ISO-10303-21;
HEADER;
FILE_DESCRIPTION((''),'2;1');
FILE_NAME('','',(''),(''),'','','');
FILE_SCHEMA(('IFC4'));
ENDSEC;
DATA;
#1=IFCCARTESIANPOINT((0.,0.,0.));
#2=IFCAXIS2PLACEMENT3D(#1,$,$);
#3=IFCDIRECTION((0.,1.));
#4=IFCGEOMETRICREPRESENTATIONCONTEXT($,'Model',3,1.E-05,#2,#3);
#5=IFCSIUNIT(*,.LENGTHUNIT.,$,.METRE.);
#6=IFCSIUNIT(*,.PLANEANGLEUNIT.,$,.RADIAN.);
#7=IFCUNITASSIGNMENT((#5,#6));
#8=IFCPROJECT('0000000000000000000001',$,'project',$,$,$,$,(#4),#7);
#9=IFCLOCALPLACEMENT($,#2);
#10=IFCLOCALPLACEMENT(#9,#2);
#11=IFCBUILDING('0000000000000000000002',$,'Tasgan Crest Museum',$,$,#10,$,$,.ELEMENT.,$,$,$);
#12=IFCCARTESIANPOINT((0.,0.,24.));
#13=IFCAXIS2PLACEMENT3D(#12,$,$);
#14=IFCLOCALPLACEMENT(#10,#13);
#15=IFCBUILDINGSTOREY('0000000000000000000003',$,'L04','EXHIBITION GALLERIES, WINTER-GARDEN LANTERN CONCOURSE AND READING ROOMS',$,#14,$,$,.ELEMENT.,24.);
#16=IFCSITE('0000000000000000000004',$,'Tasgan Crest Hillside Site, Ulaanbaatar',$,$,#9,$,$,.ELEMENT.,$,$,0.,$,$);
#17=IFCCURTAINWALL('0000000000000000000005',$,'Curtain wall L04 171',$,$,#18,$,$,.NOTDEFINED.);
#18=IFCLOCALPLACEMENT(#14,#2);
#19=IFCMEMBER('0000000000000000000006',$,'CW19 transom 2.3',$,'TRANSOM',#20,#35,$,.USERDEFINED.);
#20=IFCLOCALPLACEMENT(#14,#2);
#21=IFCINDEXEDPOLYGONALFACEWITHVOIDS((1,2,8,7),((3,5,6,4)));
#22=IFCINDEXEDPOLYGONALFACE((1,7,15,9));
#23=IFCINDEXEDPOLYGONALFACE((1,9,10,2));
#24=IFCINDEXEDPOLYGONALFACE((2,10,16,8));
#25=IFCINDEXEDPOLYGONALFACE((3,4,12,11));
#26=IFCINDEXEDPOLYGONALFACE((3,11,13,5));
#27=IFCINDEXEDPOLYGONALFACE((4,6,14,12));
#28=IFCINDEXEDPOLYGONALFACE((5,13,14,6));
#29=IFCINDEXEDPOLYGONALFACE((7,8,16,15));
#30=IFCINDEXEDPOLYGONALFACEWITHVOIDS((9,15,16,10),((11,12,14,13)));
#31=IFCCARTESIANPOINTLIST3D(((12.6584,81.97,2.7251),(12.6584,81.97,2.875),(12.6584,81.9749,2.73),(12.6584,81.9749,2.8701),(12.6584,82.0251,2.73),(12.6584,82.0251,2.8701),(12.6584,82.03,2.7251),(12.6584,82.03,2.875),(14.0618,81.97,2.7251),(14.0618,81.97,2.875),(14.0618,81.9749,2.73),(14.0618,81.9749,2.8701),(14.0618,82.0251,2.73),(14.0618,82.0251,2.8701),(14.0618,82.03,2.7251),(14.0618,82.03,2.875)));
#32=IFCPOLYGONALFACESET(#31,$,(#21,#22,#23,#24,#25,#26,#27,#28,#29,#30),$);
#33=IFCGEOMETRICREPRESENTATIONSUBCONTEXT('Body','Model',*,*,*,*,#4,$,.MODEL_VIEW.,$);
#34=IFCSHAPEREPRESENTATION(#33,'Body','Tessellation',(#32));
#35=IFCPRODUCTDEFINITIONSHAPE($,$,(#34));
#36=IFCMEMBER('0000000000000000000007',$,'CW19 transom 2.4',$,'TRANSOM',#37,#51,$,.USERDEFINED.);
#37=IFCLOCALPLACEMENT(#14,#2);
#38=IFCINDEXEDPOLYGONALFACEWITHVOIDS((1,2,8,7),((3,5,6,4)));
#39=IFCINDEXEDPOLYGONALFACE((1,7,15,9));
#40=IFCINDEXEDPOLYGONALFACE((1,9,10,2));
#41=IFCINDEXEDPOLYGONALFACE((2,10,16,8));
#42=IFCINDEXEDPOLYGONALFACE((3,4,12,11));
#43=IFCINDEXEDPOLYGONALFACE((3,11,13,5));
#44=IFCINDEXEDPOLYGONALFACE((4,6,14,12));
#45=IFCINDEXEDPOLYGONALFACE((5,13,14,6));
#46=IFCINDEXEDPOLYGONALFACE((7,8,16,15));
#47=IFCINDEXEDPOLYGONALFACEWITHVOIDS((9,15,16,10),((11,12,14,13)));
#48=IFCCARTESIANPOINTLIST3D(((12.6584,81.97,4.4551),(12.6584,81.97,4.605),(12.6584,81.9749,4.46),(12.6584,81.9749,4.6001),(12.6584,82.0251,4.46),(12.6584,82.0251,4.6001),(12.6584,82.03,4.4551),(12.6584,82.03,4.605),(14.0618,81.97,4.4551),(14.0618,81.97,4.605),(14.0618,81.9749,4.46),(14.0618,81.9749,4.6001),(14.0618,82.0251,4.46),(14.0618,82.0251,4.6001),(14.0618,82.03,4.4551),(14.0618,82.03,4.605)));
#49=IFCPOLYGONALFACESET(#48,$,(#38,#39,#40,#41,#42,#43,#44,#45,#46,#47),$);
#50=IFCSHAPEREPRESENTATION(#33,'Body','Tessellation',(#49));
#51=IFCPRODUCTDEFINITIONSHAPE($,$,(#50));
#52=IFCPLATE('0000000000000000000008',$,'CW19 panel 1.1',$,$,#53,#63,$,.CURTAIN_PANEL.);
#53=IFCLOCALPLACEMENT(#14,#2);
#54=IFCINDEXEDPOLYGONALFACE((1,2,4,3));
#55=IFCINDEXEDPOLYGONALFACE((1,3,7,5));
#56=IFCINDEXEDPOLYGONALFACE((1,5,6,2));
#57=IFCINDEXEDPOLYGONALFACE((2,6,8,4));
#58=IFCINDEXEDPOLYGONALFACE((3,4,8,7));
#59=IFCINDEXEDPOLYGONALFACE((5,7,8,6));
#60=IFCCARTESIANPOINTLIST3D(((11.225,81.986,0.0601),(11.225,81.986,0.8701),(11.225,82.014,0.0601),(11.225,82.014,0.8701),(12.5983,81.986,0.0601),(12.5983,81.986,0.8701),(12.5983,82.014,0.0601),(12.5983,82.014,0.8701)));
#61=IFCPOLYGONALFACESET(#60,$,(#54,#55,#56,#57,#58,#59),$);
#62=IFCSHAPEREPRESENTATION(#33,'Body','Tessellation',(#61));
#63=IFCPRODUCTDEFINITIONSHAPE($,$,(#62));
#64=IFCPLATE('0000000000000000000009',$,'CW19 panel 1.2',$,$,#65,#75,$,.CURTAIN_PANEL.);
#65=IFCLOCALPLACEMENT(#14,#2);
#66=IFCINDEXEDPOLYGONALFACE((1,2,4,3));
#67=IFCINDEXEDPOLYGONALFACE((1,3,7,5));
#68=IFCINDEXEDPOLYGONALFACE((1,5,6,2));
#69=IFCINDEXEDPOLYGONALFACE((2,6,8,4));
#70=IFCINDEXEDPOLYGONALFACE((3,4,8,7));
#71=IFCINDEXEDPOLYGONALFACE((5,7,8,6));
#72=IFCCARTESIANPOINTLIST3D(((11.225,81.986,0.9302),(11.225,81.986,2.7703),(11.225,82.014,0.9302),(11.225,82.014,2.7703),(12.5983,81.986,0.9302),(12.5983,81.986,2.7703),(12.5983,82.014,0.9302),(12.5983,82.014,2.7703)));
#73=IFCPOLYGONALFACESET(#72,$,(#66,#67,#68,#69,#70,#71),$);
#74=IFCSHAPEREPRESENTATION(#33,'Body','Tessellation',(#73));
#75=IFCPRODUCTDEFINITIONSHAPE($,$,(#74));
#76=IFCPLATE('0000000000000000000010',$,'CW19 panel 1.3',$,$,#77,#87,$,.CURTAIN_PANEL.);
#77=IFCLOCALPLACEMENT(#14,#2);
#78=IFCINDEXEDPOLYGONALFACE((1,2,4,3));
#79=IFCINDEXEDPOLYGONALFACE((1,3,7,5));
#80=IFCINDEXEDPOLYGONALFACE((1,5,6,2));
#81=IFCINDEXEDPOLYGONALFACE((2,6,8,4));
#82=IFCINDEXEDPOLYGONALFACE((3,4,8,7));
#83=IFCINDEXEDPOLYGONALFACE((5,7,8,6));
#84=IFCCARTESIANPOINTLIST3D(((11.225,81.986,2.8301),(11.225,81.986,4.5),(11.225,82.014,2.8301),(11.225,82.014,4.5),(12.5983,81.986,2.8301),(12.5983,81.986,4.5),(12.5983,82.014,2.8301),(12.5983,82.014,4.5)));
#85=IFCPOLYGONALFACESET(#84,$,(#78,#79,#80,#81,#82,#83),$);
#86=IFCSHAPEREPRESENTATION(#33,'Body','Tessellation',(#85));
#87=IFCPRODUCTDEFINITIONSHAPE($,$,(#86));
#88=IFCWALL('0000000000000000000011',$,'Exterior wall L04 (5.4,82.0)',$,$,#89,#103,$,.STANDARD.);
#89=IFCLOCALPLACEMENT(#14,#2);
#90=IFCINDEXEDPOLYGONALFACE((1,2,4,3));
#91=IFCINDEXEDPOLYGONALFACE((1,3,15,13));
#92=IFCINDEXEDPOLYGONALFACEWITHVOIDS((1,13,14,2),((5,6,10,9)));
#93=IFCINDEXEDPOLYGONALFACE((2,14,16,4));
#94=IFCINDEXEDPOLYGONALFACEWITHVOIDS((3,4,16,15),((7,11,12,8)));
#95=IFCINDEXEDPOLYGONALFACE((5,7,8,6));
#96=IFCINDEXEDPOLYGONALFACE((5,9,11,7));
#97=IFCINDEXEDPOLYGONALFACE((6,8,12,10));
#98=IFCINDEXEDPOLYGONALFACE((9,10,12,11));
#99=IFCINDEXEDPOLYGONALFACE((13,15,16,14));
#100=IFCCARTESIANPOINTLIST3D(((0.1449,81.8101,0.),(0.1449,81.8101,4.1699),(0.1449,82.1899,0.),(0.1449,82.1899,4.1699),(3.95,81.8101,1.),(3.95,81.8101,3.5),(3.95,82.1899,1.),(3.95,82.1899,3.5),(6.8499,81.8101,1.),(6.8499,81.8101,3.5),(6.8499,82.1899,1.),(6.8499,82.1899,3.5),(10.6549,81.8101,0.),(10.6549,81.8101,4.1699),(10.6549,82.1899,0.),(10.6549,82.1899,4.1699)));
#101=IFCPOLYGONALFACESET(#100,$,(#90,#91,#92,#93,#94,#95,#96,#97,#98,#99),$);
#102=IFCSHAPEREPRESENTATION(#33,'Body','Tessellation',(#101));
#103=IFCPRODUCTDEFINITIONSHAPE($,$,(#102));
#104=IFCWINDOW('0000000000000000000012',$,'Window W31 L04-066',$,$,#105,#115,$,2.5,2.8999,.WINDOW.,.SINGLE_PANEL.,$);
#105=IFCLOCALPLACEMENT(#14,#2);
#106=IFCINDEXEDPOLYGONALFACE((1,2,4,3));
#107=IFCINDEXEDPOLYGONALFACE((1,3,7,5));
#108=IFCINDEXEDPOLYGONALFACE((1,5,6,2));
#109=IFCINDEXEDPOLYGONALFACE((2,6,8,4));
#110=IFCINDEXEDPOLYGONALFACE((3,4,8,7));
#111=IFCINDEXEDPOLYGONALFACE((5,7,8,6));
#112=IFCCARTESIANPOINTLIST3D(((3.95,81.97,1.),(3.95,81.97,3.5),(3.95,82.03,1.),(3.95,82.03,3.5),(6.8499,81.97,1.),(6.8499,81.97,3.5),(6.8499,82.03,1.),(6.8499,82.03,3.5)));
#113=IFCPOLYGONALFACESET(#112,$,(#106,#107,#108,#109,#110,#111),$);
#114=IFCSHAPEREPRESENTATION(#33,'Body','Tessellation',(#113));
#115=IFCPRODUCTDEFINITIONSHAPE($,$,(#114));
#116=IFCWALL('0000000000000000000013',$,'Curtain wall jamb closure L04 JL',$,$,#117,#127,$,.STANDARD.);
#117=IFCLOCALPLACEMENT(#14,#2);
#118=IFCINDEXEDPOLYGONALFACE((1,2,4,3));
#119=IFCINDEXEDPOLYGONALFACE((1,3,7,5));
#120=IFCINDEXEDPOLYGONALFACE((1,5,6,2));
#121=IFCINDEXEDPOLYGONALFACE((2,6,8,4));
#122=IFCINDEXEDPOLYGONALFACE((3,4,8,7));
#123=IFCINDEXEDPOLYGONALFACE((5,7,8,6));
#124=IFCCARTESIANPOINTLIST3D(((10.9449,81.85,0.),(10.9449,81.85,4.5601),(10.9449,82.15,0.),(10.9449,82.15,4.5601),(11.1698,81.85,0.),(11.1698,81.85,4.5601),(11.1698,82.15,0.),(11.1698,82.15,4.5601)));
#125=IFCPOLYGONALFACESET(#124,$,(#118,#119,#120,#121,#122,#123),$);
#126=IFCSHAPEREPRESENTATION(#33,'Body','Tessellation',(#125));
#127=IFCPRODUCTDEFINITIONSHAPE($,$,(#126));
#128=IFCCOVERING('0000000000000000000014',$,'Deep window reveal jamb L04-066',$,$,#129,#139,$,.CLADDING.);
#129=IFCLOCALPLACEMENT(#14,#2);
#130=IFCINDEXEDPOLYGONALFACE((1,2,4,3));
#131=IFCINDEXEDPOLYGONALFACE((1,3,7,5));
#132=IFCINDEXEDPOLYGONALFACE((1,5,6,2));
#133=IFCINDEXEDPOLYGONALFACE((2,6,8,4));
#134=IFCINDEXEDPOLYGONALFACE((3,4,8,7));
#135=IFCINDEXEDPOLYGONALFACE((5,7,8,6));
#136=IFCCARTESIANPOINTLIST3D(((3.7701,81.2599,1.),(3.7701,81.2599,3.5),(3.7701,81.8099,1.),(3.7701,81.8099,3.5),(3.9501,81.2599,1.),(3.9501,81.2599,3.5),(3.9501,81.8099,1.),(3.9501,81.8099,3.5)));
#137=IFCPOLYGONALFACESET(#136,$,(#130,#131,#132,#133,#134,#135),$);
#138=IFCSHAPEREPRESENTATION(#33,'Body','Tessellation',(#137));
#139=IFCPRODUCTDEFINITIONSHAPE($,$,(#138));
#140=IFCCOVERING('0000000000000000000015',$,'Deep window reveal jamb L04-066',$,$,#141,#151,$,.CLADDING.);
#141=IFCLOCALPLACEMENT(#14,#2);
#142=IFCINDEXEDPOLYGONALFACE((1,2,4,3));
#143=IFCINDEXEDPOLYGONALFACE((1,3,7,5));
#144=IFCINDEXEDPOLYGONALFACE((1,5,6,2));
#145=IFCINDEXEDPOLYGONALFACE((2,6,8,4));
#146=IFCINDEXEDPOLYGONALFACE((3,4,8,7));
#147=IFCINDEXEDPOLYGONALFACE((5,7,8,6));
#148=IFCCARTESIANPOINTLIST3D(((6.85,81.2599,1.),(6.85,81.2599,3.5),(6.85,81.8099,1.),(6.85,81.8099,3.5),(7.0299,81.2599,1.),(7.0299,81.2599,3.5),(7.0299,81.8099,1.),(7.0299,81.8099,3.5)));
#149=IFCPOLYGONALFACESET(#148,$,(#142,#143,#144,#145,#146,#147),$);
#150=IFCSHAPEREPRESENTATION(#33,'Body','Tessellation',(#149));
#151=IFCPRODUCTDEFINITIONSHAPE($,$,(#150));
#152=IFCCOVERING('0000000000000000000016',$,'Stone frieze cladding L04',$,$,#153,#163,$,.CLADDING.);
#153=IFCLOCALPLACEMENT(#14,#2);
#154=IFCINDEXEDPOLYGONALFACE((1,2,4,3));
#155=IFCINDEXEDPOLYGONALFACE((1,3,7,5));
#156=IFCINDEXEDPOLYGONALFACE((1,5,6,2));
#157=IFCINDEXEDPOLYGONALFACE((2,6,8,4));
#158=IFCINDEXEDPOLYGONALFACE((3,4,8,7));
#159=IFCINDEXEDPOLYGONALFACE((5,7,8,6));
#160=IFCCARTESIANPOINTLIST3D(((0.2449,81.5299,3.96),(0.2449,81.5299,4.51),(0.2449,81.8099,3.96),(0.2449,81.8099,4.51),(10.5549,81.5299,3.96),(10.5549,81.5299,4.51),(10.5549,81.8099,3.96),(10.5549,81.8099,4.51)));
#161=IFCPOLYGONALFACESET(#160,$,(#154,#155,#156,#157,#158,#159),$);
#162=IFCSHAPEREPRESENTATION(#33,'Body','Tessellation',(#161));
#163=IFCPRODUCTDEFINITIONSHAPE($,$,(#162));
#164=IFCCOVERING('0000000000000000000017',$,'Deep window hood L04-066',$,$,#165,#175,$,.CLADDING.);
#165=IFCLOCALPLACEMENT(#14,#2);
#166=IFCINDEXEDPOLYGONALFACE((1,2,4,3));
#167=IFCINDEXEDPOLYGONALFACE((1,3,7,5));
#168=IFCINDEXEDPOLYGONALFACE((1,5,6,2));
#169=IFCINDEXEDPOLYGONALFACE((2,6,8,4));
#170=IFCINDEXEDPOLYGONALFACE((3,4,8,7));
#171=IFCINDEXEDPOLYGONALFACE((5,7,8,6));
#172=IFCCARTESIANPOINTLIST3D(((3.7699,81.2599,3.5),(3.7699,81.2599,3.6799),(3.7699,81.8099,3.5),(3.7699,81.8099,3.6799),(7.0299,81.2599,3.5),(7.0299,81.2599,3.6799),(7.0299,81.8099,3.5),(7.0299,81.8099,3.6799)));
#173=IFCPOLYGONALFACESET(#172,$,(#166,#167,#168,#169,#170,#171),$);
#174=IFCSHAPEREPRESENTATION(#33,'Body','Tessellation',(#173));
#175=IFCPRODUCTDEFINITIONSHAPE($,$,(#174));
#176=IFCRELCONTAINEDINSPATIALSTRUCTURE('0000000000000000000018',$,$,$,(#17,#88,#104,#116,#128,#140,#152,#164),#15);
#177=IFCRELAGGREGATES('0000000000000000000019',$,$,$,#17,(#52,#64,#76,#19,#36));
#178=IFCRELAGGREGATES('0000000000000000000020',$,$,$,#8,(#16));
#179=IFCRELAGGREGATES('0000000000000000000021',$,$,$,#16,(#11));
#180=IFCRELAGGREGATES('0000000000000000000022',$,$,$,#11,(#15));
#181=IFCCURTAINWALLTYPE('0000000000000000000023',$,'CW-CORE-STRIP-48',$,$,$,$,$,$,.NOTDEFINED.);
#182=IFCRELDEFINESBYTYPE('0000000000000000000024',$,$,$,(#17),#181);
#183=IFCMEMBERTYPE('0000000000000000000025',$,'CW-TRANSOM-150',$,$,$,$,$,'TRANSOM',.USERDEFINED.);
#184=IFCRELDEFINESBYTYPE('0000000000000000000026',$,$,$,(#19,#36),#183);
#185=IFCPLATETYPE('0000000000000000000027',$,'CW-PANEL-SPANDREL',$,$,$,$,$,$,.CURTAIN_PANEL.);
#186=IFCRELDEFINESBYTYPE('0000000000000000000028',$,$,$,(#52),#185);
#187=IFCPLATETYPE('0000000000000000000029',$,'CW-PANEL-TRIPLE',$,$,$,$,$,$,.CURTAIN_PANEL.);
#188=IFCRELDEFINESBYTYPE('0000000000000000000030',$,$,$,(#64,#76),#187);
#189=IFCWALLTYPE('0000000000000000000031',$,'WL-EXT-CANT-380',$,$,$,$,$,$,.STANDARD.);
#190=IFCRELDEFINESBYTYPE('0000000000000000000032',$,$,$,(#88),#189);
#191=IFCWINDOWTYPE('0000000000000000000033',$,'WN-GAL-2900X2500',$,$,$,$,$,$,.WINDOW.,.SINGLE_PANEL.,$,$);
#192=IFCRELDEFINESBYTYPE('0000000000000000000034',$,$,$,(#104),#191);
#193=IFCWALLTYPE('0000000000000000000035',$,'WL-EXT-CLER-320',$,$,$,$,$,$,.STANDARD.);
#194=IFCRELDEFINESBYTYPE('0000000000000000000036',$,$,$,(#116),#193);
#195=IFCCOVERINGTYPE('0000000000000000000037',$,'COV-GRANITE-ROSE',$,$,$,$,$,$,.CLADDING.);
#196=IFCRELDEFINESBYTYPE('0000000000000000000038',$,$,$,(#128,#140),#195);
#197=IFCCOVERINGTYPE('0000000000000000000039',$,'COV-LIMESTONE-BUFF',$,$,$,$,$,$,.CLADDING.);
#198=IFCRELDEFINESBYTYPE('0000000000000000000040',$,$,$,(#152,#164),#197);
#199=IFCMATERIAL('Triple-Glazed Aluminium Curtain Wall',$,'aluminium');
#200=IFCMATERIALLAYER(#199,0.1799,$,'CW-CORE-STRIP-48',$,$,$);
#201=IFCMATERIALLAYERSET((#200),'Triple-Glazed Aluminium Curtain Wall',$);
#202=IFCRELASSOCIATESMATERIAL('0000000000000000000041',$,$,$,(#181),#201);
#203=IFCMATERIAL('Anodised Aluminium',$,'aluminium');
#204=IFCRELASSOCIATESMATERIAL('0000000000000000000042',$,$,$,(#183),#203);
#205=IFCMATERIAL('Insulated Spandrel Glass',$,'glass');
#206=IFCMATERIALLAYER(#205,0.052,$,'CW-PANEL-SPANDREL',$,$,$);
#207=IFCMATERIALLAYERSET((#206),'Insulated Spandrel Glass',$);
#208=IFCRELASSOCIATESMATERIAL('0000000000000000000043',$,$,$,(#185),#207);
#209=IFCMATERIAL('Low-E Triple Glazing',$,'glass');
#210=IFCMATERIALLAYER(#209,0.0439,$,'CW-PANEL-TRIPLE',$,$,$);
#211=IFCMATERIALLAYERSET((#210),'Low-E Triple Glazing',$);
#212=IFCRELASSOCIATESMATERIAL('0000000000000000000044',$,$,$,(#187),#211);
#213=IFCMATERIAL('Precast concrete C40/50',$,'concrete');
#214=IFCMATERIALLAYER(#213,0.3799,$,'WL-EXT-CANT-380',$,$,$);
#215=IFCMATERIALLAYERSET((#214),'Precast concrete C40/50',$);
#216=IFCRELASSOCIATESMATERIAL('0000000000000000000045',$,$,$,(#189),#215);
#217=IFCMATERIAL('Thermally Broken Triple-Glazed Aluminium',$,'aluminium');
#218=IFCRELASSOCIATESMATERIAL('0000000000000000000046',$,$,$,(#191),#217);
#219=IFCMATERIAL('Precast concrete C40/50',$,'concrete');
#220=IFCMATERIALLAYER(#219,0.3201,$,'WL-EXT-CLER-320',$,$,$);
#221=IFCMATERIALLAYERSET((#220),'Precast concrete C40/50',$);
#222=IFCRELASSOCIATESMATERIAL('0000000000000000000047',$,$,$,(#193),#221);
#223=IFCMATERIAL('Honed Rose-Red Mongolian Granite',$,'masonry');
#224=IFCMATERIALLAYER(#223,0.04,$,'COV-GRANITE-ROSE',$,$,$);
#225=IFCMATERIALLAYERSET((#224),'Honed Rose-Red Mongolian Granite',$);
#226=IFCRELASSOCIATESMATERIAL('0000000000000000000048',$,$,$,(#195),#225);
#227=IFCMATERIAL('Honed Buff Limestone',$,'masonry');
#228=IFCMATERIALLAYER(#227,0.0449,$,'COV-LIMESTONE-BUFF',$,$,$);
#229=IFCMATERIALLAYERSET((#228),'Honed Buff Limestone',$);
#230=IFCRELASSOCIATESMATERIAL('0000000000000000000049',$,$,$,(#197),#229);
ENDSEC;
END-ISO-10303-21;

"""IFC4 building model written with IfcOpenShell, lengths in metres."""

from ifc_helpers import new_model, si_unit, direction, frame, frame_2d, origin, origin_2d, place, context, subcontext, project, spatial, rectangle, hollow_rectangle, extrude, material, layer, layer_set, material_profile, profile_set, type_object, element, fill, aggregate, save


model = new_model("IFC4")

# Units and contexts
model_context = context("Model", 3, precision=1e-05, world=origin(), true_north=direction((0.0, 1.0)))
body_context = subcontext(model_context, "Body", "Model", "MODEL_VIEW")
ifc_project = project(units=[si_unit("LENGTHUNIT", "METRE"), si_unit("PLANEANGLEUNIT", "RADIAN")], contexts=[model_context])

# Site, building, storey
site_placement = place(None, origin())
site = spatial("IfcSite", under=ifc_project, at=site_placement, Name="Tasgan Crest Hillside Site, Ulaanbaatar", CompositionType="ELEMENT", RefElevation=0.0)
building_placement = place(site_placement, origin())
building = spatial("IfcBuilding", under=site, at=building_placement, Name="Tasgan Crest Museum", CompositionType="ELEMENT")
storey_placement = place(building_placement, frame((0.0, 0.0, 24.0)))
storey = spatial("IfcBuildingStorey", under=building, at=storey_placement, Name="L04", Description="EXHIBITION GALLERIES, WINTER-GARDEN LANTERN CONCOURSE AND READING ROOMS", CompositionType="ELEMENT", Elevation=24.0)

# Curtain wall, members, plates
ifc_material_1 = material(Name="Triple-Glazed Aluminium Curtain Wall", Category="aluminium")
ifc_layer_1 = layer(ifc_material_1, 0.1799, Name="CW-CORE-STRIP-48")
ifc_layer_set_1 = layer_set([ifc_layer_1], Name="Triple-Glazed Aluminium Curtain Wall")
curtain_wall_type = type_object("IfcCurtainWallType", Name="CW-CORE-STRIP-48", PredefinedType="NOTDEFINED", material=ifc_layer_set_1)
curtain_wall_placement = place(storey_placement, origin())
curtain_wall = element("IfcCurtainWall", 1, at=curtain_wall_placement, inside=storey, type_object=curtain_wall_type, Name="Curtain wall L04 171", PredefinedType="NOTDEFINED")
ifc_material_2 = material(Name="Anodised Aluminium", Category="aluminium")
ifc_material_profile_1 = material_profile(ifc_material_2, hollow_rectangle(XDim=0.0601, YDim=0.1499, WallThickness=0.0049, at=origin_2d()), Name="ALU TRANSOM 150x60x5")
ifc_profile_set_1 = profile_set([ifc_material_profile_1], Name="Anodised Aluminium")
member_type_1 = type_object("IfcMemberType", Name="CW-TRANSOM-150", ElementType="TRANSOM", PredefinedType="USERDEFINED", material=ifc_profile_set_1)
member_1_placement = place(storey_placement, frame((12.6584, 82.0, 2.8), z_axis=(1.0, 0.0, 0.0), x_axis=(0.0, 1.0, 0.0)))
member_1 = element("IfcMember", 2, at=member_1_placement, type_object=member_type_1, Name="CW19 transom 2.3", ObjectType="TRANSOM", PredefinedType="USERDEFINED", context=body_context, shape_type="SweptSolid", body=[
    extrude(hollow_rectangle(XDim=0.0601, YDim=0.1499, WallThickness=0.0049, at=origin_2d()), origin(), (0.0, 0.0, 1.0), 1.4033),
])
member_2_placement = place(storey_placement, frame((12.6584, 82.0, 4.53), z_axis=(1.0, 0.0, 0.0), x_axis=(0.0, 1.0, 0.0)))
member_2 = element("IfcMember", 3, at=member_2_placement, type_object=member_type_1, Name="CW19 transom 2.4", ObjectType="TRANSOM", PredefinedType="USERDEFINED", context=body_context, shape_type="SweptSolid", body=[
    extrude(hollow_rectangle(XDim=0.0601, YDim=0.1499, WallThickness=0.0049, at=origin_2d()), origin(), (0.0, 0.0, 1.0), 1.4033),
])
ifc_material_3 = material(Name="Insulated Spandrel Glass", Category="glass")
ifc_layer_2 = layer(ifc_material_3, 0.052, Name="CW-PANEL-SPANDREL")
ifc_layer_set_2 = layer_set([ifc_layer_2], Name="Insulated Spandrel Glass")
plate_type_1 = type_object("IfcPlateType", Name="CW-PANEL-SPANDREL", PredefinedType="CURTAIN_PANEL", material=ifc_layer_set_2)
plate_1_placement = place(storey_placement, frame((11.9116, 82.0, 0.0601), z_axis=(0.0, 0.0, 1.0), x_axis=(1.0, 0.0, 0.0)))
plate_1 = element("IfcPlate", 4, at=plate_1_placement, type_object=plate_type_1, Name="CW19 panel 1.1", PredefinedType="CURTAIN_PANEL", context=body_context, shape_type="SweptSolid", body=[
    extrude(rectangle(XDim=1.3733, YDim=0.0281, at=origin_2d()), origin(), (0.0, 0.0, 1.0), 0.8101),
])
ifc_material_4 = material(Name="Low-E Triple Glazing", Category="glass")
ifc_layer_3 = layer(ifc_material_4, 0.0439, Name="CW-PANEL-TRIPLE")
ifc_layer_set_3 = layer_set([ifc_layer_3], Name="Low-E Triple Glazing")
plate_type_2 = type_object("IfcPlateType", Name="CW-PANEL-TRIPLE", PredefinedType="CURTAIN_PANEL", material=ifc_layer_set_3)
plate_2_placement = place(storey_placement, frame((11.9116, 82.0, 0.9302), z_axis=(0.0, 0.0, 1.0), x_axis=(1.0, 0.0, 0.0)))
plate_2 = element("IfcPlate", 5, at=plate_2_placement, type_object=plate_type_2, Name="CW19 panel 1.2", PredefinedType="CURTAIN_PANEL", context=body_context, shape_type="SweptSolid", body=[
    extrude(rectangle(XDim=1.3733, YDim=0.0281, at=origin_2d()), origin(), (0.0, 0.0, 1.0), 1.8401),
])
plate_3_placement = place(storey_placement, frame((11.9116, 82.0, 2.8301), z_axis=(0.0, 0.0, 1.0), x_axis=(1.0, 0.0, 0.0)))
plate_3 = element("IfcPlate", 6, at=plate_3_placement, type_object=plate_type_2, Name="CW19 panel 1.3", PredefinedType="CURTAIN_PANEL", context=body_context, shape_type="SweptSolid", body=[
    extrude(rectangle(XDim=1.3733, YDim=0.0281, at=origin_2d()), origin(), (0.0, 0.0, 1.0), 1.6699),
])
aggregate(curtain_wall, [plate_1, plate_2, plate_3, member_1, member_2])

# Wall, opening, window
ifc_material_5 = material(Name="Precast concrete C40/50", Category="concrete")
ifc_layer_4 = layer(ifc_material_5, 0.3799, Name="WL-EXT-CANT-380")
ifc_layer_set_4 = layer_set([ifc_layer_4], Name="Precast concrete C40/50")
wall_type_1 = type_object("IfcWallType", Name="WL-EXT-CANT-380", PredefinedType="STANDARD", material=ifc_layer_set_4)
wall_1_placement = place(storey_placement, frame((0.145, 82.0, 0.0), z_axis=(0.0, 0.0, 1.0), x_axis=(1.0, 0.0, 0.0)))
wall_1 = element("IfcWall", 7, at=wall_1_placement, inside=storey, type_object=wall_type_1, Name="Exterior wall L04 (5.4,82.0)", PredefinedType="STANDARD", context=body_context, shape_type="SweptSolid", body=[
    extrude(rectangle(XDim=10.51, YDim=0.3799, at=frame_2d((5.2549, 0.0))), origin(), (0.0, 0.0, 1.0), 4.1699),
])
opening_placement = place(wall_1_placement, frame((3.8049, 0.0, 1.0)))
opening = element("IfcOpeningElement", 8, at=opening_placement, cuts=wall_1, PredefinedType="OPENING", context=body_context, shape_type="SweptSolid", body=[
    extrude(rectangle(XDim=2.8999, YDim=2.5, at=frame_2d((1.45, 1.25))), frame((0.0, 0.2, 0.0), z_axis=(0.0, -1.0, 0.0), x_axis=(1.0, 0.0, 0.0)), (0.0, 0.0, 1.0), 0.3999),
])
ifc_material_6 = material(Name="Thermally Broken Triple-Glazed Aluminium", Category="aluminium")
window_type = type_object("IfcWindowType", Name="WN-GAL-2900X2500", PartitioningType="SINGLE_PANEL", PredefinedType="WINDOW", material=ifc_material_6)
window_placement = place(opening_placement, origin())
window = element("IfcWindow", 9, at=window_placement, inside=storey, type_object=window_type, Name="Window W31 L04-066", OverallHeight=2.5, OverallWidth=2.8999, PartitioningType="SINGLE_PANEL", PredefinedType="WINDOW", context=body_context, shape_type="SweptSolid", body=[
    extrude(rectangle(XDim=2.8999, YDim=2.5, at=frame_2d((1.45, 1.25))), frame((0.0, 0.03, 0.0), z_axis=(0.0, -1.0, 0.0), x_axis=(1.0, 0.0, 0.0)), (0.0, 0.0, 1.0), 0.0601),
])
fill(opening, window)

# Wall
ifc_material_7 = material(Name="Precast concrete C40/50", Category="concrete")
ifc_layer_5 = layer(ifc_material_7, 0.3201, Name="WL-EXT-CLER-320")
ifc_layer_set_5 = layer_set([ifc_layer_5], Name="Precast concrete C40/50")
wall_type_2 = type_object("IfcWallType", Name="WL-EXT-CLER-320", PredefinedType="STANDARD", material=ifc_layer_set_5)
wall_2_placement = place(storey_placement, frame((10.9451, 82.0, 0.0), z_axis=(0.0, 0.0, 1.0), x_axis=(1.0, 0.0, 0.0)))
element("IfcWall", 10, at=wall_2_placement, inside=storey, type_object=wall_type_2, Name="Curtain wall jamb closure L04 JL", PredefinedType="STANDARD", context=body_context, shape_type="SweptSolid", body=[
    extrude(rectangle(XDim=0.2249, YDim=0.3, at=frame_2d((0.1123, 0.0))), origin(), (0.0, 0.0, 1.0), 4.5601),
])

# Coverings
ifc_material_8 = material(Name="Honed Rose-Red Mongolian Granite", Category="masonry")
ifc_layer_6 = layer(ifc_material_8, 0.04, Name="COV-GRANITE-ROSE")
ifc_layer_set_6 = layer_set([ifc_layer_6], Name="Honed Rose-Red Mongolian Granite")
covering_type_1 = type_object("IfcCoveringType", Name="COV-GRANITE-ROSE", PredefinedType="CLADDING", material=ifc_layer_set_6)
for number, where, z_axis, x_axis, name in (
    (11, (3.8601, 81.5349, 1.0), (0.0, 0.0, 1.0), (1.0, 0.0, 0.0), "Deep window reveal jamb L04-066"),
    (12, (6.9399, 81.5349, 1.0), (0.0, 0.0, 1.0), (1.0, 0.0, 0.0), "Deep window reveal jamb L04-066"),
):
    element("IfcCovering", number, at=place(storey_placement, frame(where, z_axis=z_axis, x_axis=x_axis)), inside=storey, type_object=covering_type_1, Name=name, PredefinedType="CLADDING", context=body_context, shape_type="SweptSolid", body=[
        extrude(rectangle(XDim=0.1799, YDim=0.55, at=origin_2d()), origin(), (0.0, 0.0, 1.0), 2.5),
    ])
ifc_material_9 = material(Name="Honed Buff Limestone", Category="masonry")
ifc_layer_7 = layer(ifc_material_9, 0.0449, Name="COV-LIMESTONE-BUFF")
ifc_layer_set_7 = layer_set([ifc_layer_7], Name="Honed Buff Limestone")
covering_type_2 = type_object("IfcCoveringType", Name="COV-LIMESTONE-BUFF", PredefinedType="CLADDING", material=ifc_layer_set_7)
covering_1_placement = place(storey_placement, frame((5.3999, 81.6699, 3.96), z_axis=(0.0, 0.0, 1.0), x_axis=(1.0, 0.0, 0.0)))
element("IfcCovering", 13, at=covering_1_placement, inside=storey, type_object=covering_type_2, Name="Stone frieze cladding L04", PredefinedType="CLADDING", context=body_context, shape_type="SweptSolid", body=[
    extrude(rectangle(XDim=10.3101, YDim=0.28, at=origin_2d()), origin(), (0.0, 0.0, 1.0), 0.55),
])
covering_2_placement = place(storey_placement, frame((5.3999, 81.5349, 3.5), z_axis=(0.0, 0.0, 1.0), x_axis=(1.0, 0.0, 0.0)))
element("IfcCovering", 14, at=covering_2_placement, inside=storey, type_object=covering_type_2, Name="Deep window hood L04-066", PredefinedType="CLADDING", context=body_context, shape_type="SweptSolid", body=[
    extrude(rectangle(XDim=3.26, YDim=0.55, at=origin_2d()), origin(), (0.0, 0.0, 1.0), 0.1799),
])

save(model, "model.ifc")
